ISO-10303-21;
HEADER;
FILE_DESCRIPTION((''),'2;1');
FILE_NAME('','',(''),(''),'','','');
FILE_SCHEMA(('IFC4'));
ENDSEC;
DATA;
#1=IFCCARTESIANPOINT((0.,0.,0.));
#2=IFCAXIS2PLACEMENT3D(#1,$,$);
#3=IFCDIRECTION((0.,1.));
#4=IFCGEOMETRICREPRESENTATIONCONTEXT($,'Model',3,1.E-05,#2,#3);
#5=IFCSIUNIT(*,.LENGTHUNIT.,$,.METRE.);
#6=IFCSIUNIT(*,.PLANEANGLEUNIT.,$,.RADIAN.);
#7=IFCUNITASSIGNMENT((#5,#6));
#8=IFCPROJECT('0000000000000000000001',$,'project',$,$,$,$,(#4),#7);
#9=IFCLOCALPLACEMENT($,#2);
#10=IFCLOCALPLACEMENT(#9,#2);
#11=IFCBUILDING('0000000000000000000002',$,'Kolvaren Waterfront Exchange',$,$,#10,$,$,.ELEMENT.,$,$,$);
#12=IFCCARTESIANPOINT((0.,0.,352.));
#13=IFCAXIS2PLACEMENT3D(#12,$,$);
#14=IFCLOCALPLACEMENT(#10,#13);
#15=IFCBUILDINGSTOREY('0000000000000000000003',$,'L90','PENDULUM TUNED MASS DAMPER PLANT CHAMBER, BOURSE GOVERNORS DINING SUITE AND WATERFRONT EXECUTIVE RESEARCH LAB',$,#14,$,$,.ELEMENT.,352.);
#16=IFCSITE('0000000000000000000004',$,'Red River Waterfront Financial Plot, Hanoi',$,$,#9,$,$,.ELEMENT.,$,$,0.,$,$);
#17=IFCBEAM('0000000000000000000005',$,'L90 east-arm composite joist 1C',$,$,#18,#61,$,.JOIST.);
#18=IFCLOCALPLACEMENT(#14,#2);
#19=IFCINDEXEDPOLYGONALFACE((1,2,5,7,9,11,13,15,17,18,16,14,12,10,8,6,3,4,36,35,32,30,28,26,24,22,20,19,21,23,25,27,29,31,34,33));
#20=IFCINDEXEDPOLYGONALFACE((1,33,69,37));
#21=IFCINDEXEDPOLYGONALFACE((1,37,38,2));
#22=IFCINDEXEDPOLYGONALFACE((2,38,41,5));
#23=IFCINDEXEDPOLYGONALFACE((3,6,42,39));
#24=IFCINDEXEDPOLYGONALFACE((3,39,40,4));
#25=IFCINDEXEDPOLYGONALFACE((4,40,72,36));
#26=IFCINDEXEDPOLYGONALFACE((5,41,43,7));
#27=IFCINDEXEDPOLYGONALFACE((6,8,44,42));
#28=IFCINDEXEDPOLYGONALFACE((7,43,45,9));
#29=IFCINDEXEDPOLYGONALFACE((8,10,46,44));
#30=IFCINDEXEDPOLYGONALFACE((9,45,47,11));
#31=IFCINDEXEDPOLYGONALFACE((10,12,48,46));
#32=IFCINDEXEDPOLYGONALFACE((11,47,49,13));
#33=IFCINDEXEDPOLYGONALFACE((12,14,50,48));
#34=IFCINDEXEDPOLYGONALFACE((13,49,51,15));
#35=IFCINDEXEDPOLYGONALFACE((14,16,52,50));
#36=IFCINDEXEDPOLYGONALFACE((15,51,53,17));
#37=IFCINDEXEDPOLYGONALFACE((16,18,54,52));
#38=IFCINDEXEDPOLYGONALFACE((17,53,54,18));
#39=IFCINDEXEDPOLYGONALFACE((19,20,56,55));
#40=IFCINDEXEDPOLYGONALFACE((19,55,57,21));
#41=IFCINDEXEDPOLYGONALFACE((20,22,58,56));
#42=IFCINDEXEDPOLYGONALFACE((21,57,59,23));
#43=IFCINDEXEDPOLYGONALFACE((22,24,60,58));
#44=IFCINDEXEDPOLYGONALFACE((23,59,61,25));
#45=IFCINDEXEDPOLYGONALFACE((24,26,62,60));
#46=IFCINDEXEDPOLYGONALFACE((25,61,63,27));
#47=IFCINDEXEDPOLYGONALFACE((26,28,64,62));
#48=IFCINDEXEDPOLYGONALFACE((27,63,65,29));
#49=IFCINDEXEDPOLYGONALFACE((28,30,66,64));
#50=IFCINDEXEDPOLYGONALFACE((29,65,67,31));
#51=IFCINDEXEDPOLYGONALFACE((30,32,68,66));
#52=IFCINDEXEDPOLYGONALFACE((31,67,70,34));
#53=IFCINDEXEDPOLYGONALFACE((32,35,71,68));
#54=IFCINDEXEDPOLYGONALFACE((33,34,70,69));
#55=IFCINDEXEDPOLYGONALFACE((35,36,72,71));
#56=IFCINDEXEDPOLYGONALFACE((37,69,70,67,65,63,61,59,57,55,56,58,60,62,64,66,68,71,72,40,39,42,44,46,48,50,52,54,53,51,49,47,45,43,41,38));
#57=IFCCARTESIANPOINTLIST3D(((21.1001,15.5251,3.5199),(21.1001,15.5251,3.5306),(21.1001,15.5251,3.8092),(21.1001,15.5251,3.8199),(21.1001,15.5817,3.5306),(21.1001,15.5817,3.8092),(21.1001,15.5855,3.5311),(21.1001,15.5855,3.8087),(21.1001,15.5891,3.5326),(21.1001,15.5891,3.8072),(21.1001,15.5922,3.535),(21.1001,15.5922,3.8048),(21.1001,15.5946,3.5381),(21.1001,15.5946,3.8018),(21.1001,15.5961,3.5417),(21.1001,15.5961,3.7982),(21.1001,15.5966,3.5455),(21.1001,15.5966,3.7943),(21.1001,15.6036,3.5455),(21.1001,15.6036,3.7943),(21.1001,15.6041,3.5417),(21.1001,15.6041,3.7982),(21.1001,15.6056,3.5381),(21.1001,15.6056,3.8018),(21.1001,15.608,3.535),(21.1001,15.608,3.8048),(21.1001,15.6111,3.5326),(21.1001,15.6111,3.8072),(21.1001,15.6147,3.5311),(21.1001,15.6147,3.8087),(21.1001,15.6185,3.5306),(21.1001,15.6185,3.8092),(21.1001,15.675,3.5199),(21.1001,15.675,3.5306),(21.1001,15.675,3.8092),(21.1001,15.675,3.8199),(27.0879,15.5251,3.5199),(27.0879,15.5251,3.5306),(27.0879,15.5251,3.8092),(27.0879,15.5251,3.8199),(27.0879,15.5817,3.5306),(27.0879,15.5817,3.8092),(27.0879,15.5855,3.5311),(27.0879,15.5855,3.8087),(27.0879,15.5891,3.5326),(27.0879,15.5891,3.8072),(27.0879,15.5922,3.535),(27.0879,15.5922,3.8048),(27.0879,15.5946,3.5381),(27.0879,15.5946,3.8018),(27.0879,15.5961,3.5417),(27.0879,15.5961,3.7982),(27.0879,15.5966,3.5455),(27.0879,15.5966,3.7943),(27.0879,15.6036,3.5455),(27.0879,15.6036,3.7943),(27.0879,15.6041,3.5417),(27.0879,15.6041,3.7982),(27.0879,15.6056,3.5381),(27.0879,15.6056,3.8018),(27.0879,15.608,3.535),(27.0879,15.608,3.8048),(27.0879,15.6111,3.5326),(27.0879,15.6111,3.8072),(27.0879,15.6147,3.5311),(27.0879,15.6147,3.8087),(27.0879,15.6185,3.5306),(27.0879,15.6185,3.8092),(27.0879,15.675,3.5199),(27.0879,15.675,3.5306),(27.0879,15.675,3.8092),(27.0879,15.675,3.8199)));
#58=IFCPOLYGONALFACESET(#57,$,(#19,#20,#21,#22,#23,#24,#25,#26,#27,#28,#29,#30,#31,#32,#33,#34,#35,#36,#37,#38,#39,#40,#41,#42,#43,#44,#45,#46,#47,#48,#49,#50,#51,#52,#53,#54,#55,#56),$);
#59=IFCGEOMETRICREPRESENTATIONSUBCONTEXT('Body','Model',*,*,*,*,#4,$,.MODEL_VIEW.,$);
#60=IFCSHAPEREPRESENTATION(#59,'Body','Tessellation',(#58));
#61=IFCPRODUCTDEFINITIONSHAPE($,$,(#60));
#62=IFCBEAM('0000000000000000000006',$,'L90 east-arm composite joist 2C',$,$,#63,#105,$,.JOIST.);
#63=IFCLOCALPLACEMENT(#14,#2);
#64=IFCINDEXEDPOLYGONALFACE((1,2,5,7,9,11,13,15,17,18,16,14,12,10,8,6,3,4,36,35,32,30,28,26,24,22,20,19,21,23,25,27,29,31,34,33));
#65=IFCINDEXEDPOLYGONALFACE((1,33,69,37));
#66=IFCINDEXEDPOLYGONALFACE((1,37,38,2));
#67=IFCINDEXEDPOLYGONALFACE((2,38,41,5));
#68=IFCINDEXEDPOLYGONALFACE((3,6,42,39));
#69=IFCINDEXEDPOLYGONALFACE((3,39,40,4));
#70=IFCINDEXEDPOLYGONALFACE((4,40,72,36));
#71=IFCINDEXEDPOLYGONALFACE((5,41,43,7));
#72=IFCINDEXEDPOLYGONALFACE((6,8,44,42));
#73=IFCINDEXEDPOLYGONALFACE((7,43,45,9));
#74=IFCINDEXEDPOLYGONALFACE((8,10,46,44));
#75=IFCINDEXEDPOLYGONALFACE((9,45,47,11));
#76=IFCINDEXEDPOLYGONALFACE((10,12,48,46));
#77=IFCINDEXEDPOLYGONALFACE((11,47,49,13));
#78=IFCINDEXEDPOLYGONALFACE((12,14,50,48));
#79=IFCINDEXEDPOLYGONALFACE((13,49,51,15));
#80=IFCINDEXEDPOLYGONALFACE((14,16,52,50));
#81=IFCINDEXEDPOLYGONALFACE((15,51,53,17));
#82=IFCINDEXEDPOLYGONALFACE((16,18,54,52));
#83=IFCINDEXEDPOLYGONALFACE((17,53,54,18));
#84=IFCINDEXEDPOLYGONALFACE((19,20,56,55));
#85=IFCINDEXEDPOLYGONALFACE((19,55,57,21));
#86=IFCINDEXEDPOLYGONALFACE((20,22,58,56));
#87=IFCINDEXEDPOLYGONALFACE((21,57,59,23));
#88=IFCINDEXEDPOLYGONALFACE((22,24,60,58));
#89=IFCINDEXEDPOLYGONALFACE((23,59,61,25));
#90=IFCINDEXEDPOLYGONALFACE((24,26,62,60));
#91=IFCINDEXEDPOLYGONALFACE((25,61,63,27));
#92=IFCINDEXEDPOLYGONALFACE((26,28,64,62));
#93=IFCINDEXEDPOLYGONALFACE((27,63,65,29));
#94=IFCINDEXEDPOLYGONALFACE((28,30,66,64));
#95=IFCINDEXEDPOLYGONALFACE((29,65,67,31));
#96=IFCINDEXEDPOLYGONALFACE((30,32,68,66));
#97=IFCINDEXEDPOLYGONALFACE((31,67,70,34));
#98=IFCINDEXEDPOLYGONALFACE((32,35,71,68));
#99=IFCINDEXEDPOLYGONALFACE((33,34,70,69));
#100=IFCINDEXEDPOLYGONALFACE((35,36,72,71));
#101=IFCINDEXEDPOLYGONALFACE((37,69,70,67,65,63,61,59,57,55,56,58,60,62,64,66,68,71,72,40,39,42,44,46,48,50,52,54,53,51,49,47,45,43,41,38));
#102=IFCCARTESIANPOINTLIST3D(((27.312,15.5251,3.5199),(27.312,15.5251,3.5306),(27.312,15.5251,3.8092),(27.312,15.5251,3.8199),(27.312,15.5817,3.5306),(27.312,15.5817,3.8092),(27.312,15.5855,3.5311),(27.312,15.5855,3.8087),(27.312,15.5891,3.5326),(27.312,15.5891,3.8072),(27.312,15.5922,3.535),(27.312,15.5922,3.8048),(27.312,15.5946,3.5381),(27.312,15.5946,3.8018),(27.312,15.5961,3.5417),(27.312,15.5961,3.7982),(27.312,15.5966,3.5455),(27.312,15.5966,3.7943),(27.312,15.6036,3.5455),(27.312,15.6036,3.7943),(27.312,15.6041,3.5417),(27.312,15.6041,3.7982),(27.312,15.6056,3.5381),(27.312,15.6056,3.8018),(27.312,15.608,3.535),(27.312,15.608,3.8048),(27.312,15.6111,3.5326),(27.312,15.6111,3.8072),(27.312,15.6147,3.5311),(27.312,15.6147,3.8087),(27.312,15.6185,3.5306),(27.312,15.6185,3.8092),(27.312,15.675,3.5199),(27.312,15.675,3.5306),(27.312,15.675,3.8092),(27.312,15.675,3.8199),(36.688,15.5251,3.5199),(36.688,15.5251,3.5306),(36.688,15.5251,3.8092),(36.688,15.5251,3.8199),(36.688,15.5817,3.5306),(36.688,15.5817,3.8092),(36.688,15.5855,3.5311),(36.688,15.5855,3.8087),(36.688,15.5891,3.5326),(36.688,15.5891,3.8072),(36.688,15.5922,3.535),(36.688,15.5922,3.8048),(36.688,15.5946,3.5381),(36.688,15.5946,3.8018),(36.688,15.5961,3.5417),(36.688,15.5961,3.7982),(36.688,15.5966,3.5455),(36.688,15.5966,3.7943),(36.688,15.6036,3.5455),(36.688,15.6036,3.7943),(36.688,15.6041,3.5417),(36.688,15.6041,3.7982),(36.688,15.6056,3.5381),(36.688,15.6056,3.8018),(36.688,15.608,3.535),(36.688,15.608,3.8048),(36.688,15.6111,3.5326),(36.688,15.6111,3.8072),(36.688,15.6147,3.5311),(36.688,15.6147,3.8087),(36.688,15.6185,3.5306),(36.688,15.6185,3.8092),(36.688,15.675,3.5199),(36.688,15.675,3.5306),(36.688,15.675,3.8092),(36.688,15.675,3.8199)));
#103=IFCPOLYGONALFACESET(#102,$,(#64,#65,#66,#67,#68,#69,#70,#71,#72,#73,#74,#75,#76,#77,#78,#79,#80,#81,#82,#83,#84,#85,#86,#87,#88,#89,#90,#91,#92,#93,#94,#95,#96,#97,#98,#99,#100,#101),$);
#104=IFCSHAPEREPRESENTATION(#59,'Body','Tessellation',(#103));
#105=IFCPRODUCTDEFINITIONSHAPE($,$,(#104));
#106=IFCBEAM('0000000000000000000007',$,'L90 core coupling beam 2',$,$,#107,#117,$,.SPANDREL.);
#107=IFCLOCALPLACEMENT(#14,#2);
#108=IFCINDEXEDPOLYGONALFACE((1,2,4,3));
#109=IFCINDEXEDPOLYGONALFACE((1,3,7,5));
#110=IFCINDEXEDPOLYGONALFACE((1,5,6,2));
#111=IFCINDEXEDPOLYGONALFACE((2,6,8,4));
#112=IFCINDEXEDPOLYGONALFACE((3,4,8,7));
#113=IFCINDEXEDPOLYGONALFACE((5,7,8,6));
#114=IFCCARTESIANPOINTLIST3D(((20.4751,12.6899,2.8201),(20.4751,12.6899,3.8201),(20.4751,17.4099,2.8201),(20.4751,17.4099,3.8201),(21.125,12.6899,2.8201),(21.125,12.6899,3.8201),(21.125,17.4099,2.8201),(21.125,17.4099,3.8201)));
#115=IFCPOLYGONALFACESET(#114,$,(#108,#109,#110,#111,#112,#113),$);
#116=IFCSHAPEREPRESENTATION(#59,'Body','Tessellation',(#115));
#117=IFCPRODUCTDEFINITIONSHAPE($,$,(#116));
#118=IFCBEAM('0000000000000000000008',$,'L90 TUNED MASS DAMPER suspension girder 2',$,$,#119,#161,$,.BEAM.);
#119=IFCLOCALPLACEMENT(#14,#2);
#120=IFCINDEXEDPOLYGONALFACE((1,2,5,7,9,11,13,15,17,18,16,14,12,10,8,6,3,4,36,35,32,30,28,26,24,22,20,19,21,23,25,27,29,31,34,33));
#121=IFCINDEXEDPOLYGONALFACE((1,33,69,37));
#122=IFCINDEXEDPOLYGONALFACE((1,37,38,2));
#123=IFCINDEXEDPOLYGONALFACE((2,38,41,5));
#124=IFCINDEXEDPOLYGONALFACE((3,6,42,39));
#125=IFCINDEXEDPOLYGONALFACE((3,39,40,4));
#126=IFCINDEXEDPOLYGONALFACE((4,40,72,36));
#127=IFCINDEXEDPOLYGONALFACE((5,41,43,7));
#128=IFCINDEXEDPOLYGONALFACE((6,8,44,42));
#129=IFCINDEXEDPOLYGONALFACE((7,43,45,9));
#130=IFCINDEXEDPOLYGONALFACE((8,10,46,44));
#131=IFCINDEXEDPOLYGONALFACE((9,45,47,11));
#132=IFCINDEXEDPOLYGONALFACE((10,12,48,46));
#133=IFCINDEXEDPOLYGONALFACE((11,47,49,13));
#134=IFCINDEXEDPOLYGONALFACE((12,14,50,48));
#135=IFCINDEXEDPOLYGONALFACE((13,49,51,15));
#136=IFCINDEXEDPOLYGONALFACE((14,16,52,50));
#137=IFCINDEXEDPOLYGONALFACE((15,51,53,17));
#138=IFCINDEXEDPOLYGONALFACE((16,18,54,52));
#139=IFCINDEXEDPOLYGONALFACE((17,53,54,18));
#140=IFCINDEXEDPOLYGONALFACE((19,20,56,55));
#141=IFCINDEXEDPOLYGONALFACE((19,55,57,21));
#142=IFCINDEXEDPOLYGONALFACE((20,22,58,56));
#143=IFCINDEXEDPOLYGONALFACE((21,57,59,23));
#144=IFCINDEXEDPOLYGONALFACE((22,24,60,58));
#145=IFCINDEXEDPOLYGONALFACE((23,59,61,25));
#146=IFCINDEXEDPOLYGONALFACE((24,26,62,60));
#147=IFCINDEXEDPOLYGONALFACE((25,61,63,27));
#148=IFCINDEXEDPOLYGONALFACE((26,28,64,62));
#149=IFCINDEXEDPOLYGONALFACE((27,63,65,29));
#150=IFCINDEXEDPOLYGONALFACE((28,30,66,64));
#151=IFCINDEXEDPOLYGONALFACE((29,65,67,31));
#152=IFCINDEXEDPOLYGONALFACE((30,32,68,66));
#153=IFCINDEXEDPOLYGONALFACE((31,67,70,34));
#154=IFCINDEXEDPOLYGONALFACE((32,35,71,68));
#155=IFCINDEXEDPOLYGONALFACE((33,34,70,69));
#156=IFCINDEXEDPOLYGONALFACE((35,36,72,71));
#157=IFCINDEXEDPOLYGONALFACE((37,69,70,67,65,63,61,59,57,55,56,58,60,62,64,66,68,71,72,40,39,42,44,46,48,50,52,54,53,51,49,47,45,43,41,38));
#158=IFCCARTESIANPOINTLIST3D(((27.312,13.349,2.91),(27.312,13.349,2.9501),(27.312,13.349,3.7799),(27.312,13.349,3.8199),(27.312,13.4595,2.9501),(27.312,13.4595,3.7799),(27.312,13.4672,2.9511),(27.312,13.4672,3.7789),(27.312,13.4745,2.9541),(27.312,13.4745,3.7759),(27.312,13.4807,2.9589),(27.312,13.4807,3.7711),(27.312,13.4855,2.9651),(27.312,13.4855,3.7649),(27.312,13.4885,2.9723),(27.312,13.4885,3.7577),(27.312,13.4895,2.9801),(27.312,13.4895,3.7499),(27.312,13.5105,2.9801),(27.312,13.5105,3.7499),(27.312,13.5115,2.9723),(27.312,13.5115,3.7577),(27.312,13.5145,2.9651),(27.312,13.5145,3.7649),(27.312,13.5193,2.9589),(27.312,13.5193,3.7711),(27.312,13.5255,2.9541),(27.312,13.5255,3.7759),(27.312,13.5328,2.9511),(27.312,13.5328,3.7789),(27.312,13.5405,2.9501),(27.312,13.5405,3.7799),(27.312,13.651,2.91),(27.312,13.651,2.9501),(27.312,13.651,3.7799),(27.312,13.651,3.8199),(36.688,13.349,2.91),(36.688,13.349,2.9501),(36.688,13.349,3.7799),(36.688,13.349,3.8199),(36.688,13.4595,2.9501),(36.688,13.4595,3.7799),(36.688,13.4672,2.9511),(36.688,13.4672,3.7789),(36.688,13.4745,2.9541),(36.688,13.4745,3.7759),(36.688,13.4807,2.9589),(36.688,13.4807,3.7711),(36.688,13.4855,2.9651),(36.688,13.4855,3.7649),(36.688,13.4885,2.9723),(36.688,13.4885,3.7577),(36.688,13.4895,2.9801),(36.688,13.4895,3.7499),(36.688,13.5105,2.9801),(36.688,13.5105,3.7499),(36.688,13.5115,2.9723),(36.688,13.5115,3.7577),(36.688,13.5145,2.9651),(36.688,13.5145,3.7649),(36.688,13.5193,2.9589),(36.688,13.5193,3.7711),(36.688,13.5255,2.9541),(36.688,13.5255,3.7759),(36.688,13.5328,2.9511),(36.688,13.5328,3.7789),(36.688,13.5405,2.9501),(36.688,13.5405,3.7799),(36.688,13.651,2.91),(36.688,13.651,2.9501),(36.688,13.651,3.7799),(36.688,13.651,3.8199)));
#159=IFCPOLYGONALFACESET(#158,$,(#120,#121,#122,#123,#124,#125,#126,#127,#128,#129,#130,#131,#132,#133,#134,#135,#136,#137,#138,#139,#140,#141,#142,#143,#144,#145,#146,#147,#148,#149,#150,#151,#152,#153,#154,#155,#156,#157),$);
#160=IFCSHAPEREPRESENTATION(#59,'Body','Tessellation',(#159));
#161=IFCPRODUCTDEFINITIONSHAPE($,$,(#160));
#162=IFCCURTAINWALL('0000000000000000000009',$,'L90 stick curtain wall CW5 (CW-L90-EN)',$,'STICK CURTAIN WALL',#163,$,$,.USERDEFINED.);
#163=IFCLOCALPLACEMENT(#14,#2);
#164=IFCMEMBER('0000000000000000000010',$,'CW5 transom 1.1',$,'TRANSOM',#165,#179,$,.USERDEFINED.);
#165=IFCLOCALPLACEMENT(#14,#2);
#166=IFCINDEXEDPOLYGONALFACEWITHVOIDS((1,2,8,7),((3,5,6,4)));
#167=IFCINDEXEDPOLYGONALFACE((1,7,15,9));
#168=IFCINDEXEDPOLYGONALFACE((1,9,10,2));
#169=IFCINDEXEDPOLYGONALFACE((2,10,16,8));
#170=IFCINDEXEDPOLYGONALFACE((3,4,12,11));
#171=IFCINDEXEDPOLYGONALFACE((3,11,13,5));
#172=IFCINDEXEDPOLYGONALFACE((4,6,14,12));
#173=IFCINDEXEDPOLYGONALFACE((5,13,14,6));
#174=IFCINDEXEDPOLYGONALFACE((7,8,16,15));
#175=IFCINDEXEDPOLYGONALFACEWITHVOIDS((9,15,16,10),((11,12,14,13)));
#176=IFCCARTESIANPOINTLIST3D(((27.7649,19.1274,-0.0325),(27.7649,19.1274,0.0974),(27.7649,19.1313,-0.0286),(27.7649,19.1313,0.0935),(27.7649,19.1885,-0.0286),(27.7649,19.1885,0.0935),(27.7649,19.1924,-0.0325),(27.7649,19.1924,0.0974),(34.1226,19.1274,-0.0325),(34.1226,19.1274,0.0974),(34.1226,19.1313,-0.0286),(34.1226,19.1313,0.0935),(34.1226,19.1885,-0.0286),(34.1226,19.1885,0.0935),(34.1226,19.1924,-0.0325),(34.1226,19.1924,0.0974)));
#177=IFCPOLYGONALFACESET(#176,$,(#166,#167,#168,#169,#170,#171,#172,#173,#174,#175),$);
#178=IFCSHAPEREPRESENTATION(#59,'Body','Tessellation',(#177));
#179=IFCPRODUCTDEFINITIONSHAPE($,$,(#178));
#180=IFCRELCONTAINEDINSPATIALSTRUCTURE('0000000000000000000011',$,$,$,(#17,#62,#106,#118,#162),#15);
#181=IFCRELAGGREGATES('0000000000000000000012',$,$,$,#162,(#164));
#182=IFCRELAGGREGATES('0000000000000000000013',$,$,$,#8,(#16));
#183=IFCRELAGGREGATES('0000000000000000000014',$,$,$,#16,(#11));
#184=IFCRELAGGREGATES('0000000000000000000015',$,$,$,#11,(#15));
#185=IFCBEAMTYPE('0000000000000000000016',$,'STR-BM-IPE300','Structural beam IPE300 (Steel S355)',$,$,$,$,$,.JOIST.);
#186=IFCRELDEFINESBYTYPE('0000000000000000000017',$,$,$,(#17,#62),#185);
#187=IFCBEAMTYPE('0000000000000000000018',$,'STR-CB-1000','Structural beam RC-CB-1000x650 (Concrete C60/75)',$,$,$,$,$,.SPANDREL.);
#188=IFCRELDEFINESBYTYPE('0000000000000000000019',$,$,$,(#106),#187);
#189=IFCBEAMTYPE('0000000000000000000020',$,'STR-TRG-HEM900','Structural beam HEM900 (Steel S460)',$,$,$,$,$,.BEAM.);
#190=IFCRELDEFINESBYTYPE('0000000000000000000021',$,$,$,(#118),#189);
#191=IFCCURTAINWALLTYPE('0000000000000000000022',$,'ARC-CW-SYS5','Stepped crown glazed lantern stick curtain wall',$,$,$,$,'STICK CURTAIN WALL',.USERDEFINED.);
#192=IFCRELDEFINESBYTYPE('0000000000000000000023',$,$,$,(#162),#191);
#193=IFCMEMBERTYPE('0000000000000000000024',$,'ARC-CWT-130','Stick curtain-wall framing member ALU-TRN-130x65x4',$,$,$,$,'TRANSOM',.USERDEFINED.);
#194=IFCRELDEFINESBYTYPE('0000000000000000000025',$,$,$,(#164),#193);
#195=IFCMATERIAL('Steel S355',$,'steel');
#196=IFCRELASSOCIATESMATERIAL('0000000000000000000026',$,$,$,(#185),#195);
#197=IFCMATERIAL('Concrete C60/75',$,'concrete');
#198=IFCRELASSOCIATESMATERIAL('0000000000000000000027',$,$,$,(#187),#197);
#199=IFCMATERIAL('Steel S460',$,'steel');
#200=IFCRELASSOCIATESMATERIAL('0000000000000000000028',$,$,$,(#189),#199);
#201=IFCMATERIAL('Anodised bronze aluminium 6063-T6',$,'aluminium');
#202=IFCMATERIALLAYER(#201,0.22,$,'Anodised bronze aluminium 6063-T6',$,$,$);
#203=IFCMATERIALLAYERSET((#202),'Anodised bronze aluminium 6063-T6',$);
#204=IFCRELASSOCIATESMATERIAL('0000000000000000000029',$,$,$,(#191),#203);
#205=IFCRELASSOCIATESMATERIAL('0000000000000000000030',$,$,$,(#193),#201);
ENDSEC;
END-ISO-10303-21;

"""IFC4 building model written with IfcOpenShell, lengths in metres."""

from ifc_helpers import new_model, si_unit, direction, frame, origin, origin_with_axes, origin_2d, place, context, subcontext, project, spatial, rectangle, hollow_rectangle, i_section, extrude, source, transform, mapped, material, layer, layer_set, material_profile, profile_set, type_object, element, aggregate, save


model = new_model("IFC4")

# Units and contexts
model_context = context("Model", 3, precision=1e-05, world=origin(), true_north=direction((0.0, 1.0)))
body_context = subcontext(model_context, "Body", "Model", "MODEL_VIEW")
ifc_project = project(units=[si_unit("LENGTHUNIT", "METRE"), si_unit("PLANEANGLEUNIT", "RADIAN")], contexts=[model_context])

# Site, building, storey
site_placement = place(None, origin())
site = spatial("IfcSite", under=ifc_project, at=site_placement, Name="Red River Waterfront Financial Plot, Hanoi", CompositionType="ELEMENT", RefElevation=0.0)
building_placement = place(site_placement, origin())
building = spatial("IfcBuilding", under=site, at=building_placement, Name="Kolvaren Waterfront Exchange", CompositionType="ELEMENT")
storey_placement = place(building_placement, frame((0.0, 0.0, 352.0)))
storey = spatial("IfcBuildingStorey", under=building, at=storey_placement, Name="L90", Description="PENDULUM TUNED MASS DAMPER PLANT CHAMBER, BOURSE GOVERNORS DINING SUITE AND WATERFRONT EXECUTIVE RESEARCH LAB", CompositionType="ELEMENT", Elevation=352.0)

# Beams
ifc_material_1 = material(Name="Steel S355", Category="steel")
ifc_material_profile_1 = material_profile(ifc_material_1, i_section(OverallWidth=0.1499, OverallDepth=0.3, WebThickness=0.0071, FlangeThickness=0.0107, FilletRadius=0.0149, at=origin_2d()), Name="IPE300")
ifc_profile_set_1 = profile_set([ifc_material_profile_1], Name="Steel S355")
beam_type_1 = type_object("IfcBeamType", Name="STR-BM-IPE300", Description="Structural beam IPE300 (Steel S355)", PredefinedType="JOIST", material=ifc_profile_set_1)
for number, where, z_axis, x_axis, name in (
    (1, (21.1001, 15.6001, 3.6699), (1.0, 0.0, 0.0), (0.0, 1.0, 0.0), "L90 east-arm composite joist 1C"),
):
    element("IfcBeam", number, at=place(storey_placement, frame(where, z_axis=z_axis, x_axis=x_axis)), inside=storey, type_object=beam_type_1, Name=name, PredefinedType="JOIST", context=body_context, shape_type="SweptSolid", body=[
        extrude(i_section(OverallWidth=0.1499, OverallDepth=0.3, WebThickness=0.0071, FlangeThickness=0.0107, FilletRadius=0.0149, at=origin_2d()), origin(), (0.0, 0.0, 1.0), 5.9878),
    ])
beam_1_placement = place(storey_placement, frame((27.312, 15.6001, 3.6699), z_axis=(1.0, 0.0, 0.0), x_axis=(0.0, 1.0, 0.0)))
element("IfcBeam", 2, at=beam_1_placement, inside=storey, type_object=beam_type_1, Name="L90 east-arm composite joist 2C", PredefinedType="JOIST", context=body_context, shape_type="SweptSolid", body=[
    extrude(i_section(OverallWidth=0.1499, OverallDepth=0.3, WebThickness=0.0071, FlangeThickness=0.0107, FilletRadius=0.0149, at=origin_2d()), origin(), (0.0, 0.0, 1.0), 9.376),
])
ifc_material_2 = material(Name="Concrete C60/75", Category="concrete")
ifc_material_profile_2 = material_profile(ifc_material_2, rectangle(XDim=0.6499, YDim=1.0, at=origin_2d()), Name="RC-CB-1000x650")
ifc_profile_set_2 = profile_set([ifc_material_profile_2], Name="Concrete C60/75")
beam_type_2 = type_object("IfcBeamType", Name="STR-CB-1000", Description="Structural beam RC-CB-1000x650 (Concrete C60/75)", PredefinedType="SPANDREL", material=ifc_profile_set_2)
beam_2_placement = place(storey_placement, frame((20.8, 12.6899, 3.3201), z_axis=(0.0, 1.0, 0.0), x_axis=(-1.0, 0.0, 0.0)))
element("IfcBeam", 3, at=beam_2_placement, inside=storey, type_object=beam_type_2, Name="L90 core coupling beam 2", PredefinedType="SPANDREL", context=body_context, shape_type="SweptSolid", body=[
    extrude(rectangle(XDim=0.6499, YDim=1.0, at=origin_2d()), origin(), (0.0, 0.0, 1.0), 4.72),
])
ifc_material_3 = material(Name="Steel S460", Category="steel")
ifc_material_profile_3 = material_profile(ifc_material_3, i_section(OverallWidth=0.302, OverallDepth=0.9099, WebThickness=0.021, FlangeThickness=0.04, FilletRadius=0.03, at=origin_2d()), Name="HEM900")
ifc_profile_set_3 = profile_set([ifc_material_profile_3], Name="Steel S460")
beam_type_3 = type_object("IfcBeamType", Name="STR-TRG-HEM900", Description="Structural beam HEM900 (Steel S460)", PredefinedType="BEAM", material=ifc_profile_set_3)
beam_3_placement = place(storey_placement, frame((27.312, 13.5, 3.365), z_axis=(1.0, 0.0, 0.0), x_axis=(0.0, 1.0, 0.0)))
element("IfcBeam", 4, at=beam_3_placement, inside=storey, type_object=beam_type_3, Name="L90 TUNED MASS DAMPER suspension girder 2", PredefinedType="BEAM", context=body_context, shape_type="SweptSolid", body=[
    extrude(i_section(OverallWidth=0.302, OverallDepth=0.9099, WebThickness=0.021, FlangeThickness=0.04, FilletRadius=0.03, at=origin_2d()), origin(), (0.0, 0.0, 1.0), 9.376),
])

# Curtain wall, member
ifc_material_4 = material(Name="Anodised bronze aluminium 6063-T6", Category="aluminium")
ifc_layer_1 = layer(ifc_material_4, 0.22, Name="Anodised bronze aluminium 6063-T6")
ifc_layer_set_1 = layer_set([ifc_layer_1], Name="Anodised bronze aluminium 6063-T6")
curtain_wall_type = type_object("IfcCurtainWallType", Name="ARC-CW-SYS5", Description="Stepped crown glazed lantern stick curtain wall", ElementType="STICK CURTAIN WALL", PredefinedType="USERDEFINED", material=ifc_layer_set_1)
curtain_wall_placement = place(storey_placement, origin())
curtain_wall = element("IfcCurtainWall", 5, at=curtain_wall_placement, inside=storey, type_object=curtain_wall_type, Name="L90 stick curtain wall CW5 (CW-L90-EN)", ObjectType="STICK CURTAIN WALL", PredefinedType="USERDEFINED")
ifc_material_profile_4 = material_profile(ifc_material_4, hollow_rectangle(XDim=0.0649, YDim=0.1299, WallThickness=0.0039, at=origin_2d()), Name="ALU-TRN-130x65x4")
ifc_profile_set_4 = profile_set([ifc_material_profile_4], Name="Anodised bronze aluminium 6063-T6")
member_type_1 = type_object("IfcMemberType", Name="ARC-CWT-130", Description="Stick curtain-wall framing member ALU-TRN-130x65x4", ElementType="TRANSOM", PredefinedType="USERDEFINED", material=ifc_profile_set_4)
shared_shape_1 = source(origin_with_axes(), body_context, "Body", "SweptSolid", [
    extrude(hollow_rectangle(XDim=0.0649, YDim=0.1299, WallThickness=0.0039, at=origin_2d()), origin(), (0.0, 0.0, 1.0), 6.3577),
])
member_1_placement = place(storey_placement, frame((27.7649, 19.1599, 0.0325), z_axis=(1.0, 0.0, 0.0), x_axis=(0.0, 1.0, 0.0)))
member_1 = element("IfcMember", 6, at=member_1_placement, type_object=member_type_1, Name="CW5 transom 1.1", ObjectType="TRANSOM", PredefinedType="USERDEFINED", context=body_context, shape_type="MappedRepresentation", body=[
    mapped(shared_shape_1, transform((0.0, 0.0, 0.0), x_axis=(1.0, 0.0, 0.0), y_axis=(0.0, 1.0, 0.0), z_axis=(0.0, 0.0, 1.0), scale=1.0)),
])
aggregate(curtain_wall, [member_1])

save(model, "model.ifc")
